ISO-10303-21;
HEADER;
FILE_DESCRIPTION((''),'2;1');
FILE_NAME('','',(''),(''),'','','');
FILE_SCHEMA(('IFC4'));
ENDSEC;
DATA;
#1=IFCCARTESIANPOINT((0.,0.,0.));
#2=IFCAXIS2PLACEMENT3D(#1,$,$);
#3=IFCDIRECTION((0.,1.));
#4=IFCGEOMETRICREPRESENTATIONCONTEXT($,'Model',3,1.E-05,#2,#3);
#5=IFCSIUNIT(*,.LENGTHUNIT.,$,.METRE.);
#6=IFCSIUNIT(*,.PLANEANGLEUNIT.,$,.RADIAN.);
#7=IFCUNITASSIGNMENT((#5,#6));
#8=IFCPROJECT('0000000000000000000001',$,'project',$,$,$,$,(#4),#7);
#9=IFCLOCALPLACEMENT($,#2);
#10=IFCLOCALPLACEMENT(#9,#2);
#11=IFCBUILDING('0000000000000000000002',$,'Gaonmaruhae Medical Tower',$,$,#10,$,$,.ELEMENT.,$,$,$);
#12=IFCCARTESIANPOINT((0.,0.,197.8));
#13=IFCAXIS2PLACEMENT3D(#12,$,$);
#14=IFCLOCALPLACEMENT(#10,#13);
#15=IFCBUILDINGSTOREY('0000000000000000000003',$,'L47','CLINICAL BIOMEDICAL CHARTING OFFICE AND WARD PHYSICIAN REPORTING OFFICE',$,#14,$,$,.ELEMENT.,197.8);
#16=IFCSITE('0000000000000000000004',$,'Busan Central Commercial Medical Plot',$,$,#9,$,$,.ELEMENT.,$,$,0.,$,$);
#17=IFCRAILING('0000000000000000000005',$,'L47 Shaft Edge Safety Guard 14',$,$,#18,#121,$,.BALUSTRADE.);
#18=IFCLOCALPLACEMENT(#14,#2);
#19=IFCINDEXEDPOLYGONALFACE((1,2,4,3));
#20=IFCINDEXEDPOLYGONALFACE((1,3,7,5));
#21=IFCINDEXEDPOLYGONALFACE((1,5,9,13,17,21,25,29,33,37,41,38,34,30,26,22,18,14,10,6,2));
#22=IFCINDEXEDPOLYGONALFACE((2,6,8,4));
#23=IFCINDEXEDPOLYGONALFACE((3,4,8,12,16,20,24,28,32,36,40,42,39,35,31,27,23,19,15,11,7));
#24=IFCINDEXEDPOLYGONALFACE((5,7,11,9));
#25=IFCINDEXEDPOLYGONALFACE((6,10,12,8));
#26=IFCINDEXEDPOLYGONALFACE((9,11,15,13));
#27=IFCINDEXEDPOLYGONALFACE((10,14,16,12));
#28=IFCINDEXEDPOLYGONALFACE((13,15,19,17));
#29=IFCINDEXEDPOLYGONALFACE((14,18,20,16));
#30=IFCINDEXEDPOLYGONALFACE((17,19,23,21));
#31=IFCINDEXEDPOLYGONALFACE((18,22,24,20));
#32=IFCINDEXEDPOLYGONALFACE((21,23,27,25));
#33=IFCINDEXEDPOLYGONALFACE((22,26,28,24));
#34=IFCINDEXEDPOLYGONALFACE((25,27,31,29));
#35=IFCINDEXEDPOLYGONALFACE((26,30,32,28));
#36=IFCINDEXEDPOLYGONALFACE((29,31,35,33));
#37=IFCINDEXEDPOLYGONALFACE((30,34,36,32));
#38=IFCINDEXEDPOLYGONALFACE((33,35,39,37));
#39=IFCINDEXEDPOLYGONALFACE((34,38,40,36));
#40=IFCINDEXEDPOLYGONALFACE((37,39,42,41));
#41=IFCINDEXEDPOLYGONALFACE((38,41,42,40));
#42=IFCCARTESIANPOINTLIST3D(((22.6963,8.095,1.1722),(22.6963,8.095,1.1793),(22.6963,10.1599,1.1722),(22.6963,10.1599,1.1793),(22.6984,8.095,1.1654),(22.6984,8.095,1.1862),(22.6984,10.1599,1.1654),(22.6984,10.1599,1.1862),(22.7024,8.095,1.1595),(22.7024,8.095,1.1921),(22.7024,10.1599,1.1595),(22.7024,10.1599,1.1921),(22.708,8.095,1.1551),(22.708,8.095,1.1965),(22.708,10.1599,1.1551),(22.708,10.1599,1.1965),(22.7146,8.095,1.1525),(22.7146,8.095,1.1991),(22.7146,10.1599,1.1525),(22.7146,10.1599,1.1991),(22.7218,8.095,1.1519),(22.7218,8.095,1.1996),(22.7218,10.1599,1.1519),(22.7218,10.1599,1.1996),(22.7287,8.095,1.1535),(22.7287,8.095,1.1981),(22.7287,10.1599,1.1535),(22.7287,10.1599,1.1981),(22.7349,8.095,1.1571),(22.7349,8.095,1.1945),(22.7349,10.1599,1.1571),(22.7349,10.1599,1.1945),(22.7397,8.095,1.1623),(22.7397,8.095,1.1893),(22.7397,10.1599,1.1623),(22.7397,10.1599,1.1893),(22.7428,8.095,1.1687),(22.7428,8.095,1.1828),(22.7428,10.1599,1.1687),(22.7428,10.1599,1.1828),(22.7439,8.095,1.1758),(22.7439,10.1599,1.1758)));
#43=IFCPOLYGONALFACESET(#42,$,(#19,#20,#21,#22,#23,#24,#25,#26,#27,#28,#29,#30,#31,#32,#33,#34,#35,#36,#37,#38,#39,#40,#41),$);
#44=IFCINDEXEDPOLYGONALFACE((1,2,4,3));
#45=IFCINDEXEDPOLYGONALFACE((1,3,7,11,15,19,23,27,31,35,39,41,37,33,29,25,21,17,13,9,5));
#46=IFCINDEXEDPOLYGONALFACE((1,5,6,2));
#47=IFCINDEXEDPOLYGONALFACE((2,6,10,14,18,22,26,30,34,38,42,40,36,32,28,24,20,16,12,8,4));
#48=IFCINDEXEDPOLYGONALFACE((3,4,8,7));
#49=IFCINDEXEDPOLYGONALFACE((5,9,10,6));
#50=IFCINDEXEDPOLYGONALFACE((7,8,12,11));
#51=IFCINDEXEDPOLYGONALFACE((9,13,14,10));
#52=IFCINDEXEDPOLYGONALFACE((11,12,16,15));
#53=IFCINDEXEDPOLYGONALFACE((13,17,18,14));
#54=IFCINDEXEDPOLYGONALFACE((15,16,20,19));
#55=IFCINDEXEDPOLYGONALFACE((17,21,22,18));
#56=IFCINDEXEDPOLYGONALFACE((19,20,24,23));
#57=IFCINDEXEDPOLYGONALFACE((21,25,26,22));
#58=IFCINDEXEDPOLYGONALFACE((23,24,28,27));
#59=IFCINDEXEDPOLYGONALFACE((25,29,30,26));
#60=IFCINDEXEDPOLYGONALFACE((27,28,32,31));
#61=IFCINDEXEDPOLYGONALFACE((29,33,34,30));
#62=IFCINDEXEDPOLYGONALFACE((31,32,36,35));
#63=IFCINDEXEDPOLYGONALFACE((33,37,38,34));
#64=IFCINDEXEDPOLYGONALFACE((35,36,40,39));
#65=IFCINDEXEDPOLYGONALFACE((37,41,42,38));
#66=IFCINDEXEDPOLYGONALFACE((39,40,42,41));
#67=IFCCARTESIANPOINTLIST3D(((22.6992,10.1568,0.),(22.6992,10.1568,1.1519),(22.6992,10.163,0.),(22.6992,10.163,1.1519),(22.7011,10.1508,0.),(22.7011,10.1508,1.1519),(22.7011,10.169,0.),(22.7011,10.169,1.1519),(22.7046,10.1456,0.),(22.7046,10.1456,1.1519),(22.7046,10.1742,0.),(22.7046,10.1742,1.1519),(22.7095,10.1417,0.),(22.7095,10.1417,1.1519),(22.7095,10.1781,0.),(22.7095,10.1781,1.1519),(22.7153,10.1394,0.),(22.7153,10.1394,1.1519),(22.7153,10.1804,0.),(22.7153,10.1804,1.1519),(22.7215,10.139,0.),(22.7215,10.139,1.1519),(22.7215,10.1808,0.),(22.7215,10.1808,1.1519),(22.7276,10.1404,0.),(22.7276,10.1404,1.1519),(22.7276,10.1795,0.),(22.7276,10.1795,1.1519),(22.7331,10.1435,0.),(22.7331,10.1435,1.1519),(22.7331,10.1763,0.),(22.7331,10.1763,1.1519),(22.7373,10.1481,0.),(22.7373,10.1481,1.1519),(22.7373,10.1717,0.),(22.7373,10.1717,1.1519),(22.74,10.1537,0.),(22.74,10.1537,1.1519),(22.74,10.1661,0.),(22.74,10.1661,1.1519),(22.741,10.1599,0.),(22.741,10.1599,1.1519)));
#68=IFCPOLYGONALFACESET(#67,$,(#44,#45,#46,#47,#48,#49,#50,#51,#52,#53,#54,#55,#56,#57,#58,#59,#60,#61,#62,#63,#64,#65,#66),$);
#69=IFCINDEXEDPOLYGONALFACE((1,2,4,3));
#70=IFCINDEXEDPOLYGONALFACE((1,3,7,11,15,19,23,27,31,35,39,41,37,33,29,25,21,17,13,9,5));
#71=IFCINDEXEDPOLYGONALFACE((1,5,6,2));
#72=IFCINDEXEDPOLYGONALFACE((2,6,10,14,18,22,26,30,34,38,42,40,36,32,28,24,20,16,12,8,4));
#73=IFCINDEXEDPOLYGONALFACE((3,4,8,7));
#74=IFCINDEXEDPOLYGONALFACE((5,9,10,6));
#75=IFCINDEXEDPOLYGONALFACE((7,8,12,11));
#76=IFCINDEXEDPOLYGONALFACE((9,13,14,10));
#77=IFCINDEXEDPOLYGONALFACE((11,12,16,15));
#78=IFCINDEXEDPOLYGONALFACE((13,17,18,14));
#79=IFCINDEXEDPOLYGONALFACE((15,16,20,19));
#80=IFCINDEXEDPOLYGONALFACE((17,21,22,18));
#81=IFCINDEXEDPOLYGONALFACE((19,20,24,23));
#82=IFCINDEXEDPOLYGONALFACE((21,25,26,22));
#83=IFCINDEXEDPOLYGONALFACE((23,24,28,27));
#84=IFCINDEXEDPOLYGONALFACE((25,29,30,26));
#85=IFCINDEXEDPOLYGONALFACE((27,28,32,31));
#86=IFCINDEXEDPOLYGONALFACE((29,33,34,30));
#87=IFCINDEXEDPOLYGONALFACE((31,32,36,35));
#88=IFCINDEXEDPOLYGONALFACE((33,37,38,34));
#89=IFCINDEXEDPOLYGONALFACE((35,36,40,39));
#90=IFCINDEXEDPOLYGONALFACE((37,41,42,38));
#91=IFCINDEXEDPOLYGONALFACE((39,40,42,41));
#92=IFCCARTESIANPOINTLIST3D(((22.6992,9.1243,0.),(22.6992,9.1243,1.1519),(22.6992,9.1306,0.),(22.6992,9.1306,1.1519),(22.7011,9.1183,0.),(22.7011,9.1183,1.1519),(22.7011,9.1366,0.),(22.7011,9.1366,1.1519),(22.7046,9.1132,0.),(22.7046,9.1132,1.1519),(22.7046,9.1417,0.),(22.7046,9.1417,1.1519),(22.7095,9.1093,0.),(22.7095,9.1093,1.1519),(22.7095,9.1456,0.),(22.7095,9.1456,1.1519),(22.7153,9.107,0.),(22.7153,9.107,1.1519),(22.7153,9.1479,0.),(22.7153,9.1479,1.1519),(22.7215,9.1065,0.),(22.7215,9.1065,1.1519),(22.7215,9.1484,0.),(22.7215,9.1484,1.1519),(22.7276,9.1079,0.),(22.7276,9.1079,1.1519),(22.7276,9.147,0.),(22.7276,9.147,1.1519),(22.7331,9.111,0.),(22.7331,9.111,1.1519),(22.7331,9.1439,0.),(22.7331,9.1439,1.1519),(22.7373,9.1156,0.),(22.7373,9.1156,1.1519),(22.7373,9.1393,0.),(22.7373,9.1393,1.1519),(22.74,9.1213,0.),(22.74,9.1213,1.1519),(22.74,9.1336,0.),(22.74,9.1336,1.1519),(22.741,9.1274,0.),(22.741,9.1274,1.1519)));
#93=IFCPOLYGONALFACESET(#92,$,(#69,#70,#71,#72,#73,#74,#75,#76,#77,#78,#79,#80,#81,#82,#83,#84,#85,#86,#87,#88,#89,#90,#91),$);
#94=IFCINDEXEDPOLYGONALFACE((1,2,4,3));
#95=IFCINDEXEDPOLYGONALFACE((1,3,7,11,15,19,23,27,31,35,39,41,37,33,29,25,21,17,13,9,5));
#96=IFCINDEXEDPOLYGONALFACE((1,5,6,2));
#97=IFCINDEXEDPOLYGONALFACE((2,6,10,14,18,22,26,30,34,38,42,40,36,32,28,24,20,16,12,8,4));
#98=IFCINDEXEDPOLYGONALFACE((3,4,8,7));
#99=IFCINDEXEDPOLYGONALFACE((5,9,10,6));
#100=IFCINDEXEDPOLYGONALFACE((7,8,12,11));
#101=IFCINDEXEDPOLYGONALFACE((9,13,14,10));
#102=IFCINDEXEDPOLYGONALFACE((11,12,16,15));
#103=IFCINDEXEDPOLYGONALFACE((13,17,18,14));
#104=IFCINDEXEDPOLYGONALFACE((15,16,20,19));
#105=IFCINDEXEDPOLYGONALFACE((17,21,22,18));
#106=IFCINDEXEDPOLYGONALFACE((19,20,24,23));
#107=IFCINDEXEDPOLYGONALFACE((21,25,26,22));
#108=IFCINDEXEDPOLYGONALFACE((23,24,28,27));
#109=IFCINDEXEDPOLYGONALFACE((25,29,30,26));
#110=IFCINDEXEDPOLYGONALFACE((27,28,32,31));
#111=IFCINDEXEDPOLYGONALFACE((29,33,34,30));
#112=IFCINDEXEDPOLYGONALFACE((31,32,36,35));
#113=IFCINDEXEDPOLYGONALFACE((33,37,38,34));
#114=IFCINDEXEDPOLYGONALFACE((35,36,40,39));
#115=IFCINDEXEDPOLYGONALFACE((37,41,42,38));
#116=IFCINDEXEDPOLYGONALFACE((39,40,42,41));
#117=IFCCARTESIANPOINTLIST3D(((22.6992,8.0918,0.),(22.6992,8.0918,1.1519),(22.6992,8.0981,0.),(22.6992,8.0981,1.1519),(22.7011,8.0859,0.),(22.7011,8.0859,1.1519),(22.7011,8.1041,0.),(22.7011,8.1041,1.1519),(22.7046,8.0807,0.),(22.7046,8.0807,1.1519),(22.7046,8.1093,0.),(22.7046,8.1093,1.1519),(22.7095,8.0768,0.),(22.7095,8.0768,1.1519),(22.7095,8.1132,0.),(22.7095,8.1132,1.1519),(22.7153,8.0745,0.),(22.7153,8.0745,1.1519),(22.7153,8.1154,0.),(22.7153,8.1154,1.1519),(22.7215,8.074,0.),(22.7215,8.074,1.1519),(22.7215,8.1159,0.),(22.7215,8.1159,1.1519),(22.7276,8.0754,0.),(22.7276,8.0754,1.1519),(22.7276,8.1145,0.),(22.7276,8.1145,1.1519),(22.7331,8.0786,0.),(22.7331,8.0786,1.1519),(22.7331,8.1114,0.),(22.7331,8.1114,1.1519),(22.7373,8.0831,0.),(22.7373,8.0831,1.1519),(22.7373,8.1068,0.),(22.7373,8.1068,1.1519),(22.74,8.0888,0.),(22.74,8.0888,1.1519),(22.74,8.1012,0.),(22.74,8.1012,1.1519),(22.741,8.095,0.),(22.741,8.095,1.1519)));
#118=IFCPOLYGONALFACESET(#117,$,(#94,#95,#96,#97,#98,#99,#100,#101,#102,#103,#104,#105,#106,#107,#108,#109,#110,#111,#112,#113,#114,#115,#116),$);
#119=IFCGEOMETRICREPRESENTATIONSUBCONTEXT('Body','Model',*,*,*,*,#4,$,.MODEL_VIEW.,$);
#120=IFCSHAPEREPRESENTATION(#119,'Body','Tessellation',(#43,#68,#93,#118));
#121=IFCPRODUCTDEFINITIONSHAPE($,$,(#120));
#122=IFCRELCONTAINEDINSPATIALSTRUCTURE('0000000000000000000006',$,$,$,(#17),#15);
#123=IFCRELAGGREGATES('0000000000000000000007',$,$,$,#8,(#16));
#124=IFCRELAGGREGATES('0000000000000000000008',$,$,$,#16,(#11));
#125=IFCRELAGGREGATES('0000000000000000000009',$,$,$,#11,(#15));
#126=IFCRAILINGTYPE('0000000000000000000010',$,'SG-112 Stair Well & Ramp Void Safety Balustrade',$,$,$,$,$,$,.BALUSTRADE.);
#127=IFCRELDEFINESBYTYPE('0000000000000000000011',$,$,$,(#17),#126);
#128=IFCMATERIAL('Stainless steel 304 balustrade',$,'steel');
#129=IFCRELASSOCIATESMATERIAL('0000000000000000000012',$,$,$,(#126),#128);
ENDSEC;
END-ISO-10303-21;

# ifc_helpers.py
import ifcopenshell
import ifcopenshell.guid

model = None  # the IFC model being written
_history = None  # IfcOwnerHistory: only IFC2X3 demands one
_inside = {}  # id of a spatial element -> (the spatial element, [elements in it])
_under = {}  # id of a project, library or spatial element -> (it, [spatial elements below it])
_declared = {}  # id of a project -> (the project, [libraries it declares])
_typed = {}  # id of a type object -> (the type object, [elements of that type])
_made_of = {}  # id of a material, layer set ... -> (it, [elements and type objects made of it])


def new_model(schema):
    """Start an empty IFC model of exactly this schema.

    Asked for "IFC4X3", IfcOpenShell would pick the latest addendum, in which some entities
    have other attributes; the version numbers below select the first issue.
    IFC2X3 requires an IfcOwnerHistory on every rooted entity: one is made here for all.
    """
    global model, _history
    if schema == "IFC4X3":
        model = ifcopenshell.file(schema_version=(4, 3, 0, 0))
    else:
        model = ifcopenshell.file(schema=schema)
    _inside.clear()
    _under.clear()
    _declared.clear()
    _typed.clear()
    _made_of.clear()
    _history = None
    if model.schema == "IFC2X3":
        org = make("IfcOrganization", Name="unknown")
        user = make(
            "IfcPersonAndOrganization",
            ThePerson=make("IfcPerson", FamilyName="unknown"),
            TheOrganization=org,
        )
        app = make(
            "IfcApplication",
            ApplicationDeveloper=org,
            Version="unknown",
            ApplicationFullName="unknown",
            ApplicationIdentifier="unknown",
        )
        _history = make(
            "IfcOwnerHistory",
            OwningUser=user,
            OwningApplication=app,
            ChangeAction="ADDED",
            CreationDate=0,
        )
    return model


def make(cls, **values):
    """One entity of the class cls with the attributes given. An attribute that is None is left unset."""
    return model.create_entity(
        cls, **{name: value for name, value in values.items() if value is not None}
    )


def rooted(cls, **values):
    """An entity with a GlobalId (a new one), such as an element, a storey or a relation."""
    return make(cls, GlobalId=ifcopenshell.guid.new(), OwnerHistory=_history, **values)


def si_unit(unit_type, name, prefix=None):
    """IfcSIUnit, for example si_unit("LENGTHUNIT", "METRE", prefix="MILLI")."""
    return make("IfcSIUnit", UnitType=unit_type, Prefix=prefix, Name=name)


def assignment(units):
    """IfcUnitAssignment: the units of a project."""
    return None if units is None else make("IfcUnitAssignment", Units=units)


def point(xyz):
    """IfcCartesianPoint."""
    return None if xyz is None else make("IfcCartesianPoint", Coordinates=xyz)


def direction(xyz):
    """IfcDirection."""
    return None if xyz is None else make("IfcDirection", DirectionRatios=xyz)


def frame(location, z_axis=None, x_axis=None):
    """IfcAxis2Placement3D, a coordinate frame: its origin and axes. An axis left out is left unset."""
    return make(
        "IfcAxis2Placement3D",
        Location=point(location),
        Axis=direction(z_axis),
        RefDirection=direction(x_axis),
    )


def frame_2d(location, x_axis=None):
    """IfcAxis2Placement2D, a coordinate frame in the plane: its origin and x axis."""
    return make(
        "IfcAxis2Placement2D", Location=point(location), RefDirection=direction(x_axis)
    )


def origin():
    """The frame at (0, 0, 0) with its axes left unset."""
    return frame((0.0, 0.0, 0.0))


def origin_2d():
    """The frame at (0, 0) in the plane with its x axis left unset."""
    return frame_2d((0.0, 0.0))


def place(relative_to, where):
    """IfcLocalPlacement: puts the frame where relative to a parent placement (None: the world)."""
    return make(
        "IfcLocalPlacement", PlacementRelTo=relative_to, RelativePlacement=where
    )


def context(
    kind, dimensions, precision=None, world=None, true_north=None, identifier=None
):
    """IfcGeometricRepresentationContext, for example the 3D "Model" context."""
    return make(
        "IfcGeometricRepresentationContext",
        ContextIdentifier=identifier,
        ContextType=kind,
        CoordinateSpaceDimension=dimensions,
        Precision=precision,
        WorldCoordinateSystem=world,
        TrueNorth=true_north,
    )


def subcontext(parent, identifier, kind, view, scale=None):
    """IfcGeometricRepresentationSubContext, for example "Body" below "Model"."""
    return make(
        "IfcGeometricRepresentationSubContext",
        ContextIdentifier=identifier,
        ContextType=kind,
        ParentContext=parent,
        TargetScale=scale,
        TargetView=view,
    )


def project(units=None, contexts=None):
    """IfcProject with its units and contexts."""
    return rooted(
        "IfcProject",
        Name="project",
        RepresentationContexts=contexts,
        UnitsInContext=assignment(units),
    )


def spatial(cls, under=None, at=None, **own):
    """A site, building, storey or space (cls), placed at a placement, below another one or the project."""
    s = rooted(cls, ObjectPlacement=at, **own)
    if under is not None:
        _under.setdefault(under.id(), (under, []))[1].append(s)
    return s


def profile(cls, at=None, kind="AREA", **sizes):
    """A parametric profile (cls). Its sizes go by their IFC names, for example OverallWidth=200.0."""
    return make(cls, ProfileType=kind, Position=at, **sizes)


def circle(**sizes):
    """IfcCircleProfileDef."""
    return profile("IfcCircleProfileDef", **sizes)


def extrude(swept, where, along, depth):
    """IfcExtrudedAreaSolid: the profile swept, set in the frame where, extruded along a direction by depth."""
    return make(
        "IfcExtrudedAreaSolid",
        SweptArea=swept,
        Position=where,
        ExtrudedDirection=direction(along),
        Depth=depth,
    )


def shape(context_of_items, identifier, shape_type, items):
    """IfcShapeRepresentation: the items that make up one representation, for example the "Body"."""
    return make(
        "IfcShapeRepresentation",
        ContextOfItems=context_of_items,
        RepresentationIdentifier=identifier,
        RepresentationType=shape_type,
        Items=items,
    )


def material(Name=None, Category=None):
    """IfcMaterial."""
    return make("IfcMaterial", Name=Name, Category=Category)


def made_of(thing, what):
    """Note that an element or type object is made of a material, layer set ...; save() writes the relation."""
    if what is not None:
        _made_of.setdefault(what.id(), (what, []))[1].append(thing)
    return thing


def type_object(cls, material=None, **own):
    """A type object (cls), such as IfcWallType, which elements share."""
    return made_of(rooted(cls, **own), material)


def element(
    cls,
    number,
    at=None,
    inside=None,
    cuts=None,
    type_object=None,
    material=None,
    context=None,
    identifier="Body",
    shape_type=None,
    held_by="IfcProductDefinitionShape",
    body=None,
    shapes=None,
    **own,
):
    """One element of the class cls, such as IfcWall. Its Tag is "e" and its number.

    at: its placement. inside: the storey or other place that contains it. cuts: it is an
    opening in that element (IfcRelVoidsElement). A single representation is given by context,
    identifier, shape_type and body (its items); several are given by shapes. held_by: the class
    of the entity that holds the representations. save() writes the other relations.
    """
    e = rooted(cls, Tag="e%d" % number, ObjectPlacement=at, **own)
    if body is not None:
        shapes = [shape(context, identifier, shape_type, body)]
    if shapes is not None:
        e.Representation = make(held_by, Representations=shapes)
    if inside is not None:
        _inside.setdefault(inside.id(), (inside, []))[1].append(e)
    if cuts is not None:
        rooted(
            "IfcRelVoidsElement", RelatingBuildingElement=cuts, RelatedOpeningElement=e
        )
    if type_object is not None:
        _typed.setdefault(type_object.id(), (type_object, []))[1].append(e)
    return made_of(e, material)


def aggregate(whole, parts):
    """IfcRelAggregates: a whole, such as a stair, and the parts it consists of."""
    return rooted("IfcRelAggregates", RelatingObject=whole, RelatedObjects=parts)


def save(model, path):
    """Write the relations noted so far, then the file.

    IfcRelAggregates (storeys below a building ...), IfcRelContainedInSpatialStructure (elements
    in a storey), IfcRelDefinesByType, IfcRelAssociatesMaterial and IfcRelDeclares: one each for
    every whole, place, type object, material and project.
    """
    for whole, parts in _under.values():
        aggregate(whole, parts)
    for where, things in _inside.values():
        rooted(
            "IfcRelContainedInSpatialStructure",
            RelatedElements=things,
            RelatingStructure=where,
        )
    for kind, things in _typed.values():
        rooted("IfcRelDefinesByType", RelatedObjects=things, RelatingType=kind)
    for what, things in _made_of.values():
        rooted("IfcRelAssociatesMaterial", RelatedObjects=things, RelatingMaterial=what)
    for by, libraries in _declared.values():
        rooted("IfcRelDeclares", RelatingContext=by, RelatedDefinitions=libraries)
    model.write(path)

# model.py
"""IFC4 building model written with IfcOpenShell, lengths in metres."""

from ifc_helpers import new_model, si_unit, direction, frame, origin, origin_2d, place, context, subcontext, project, spatial, circle, extrude, material, type_object, element, save


model = new_model("IFC4")

# Units and contexts
model_context = context("Model", 3, precision=1e-05, world=origin(), true_north=direction((0.0, 1.0)))
body_context = subcontext(model_context, "Body", "Model", "MODEL_VIEW")
ifc_project = project(units=[si_unit("LENGTHUNIT", "METRE"), si_unit("PLANEANGLEUNIT", "RADIAN")], contexts=[model_context])

# Site, building, storey
site_placement = place(None, origin())
site = spatial("IfcSite", under=ifc_project, at=site_placement, Name="Busan Central Commercial Medical Plot", CompositionType="ELEMENT", RefElevation=0.0)
building_placement = place(site_placement, origin())
building = spatial("IfcBuilding", under=site, at=building_placement, Name="Gaonmaruhae Medical Tower", CompositionType="ELEMENT")
storey_placement = place(building_placement, frame((0.0, 0.0, 197.8)))
storey = spatial("IfcBuildingStorey", under=building, at=storey_placement, Name="L47", Description="CLINICAL BIOMEDICAL CHARTING OFFICE AND WARD PHYSICIAN REPORTING OFFICE", CompositionType="ELEMENT", Elevation=197.8)

# Railing
ifc_material_1 = material(Name="Stainless steel 304 balustrade", Category="steel")
railing_type_1 = type_object("IfcRailingType", Name="SG-112 Stair Well & Ramp Void Safety Balustrade", PredefinedType="BALUSTRADE", material=ifc_material_1)
railing_1_placement = place(storey_placement, frame((22.72, 10.1599, 0.0)))
element("IfcRailing", 1, at=railing_1_placement, inside=storey, type_object=railing_type_1, Name="L47 Shaft Edge Safety Guard 14", PredefinedType="BALUSTRADE", context=body_context, shape_type="SweptSolid", body=[
    extrude(circle(Radius=0.0239, at=origin_2d()), frame((0.0, 0.0, 1.1758), z_axis=(0.0, -1.0, 0.0), x_axis=(1.0, 0.0, 0.0)), (0.0, 0.0, 1.0), 2.0649),
    extrude(circle(Radius=0.021, at=origin_2d()), origin(), (0.0, 0.0, 1.0), 1.1519),
    extrude(circle(Radius=0.021, at=origin_2d()), frame((0.0, -1.0325, 0.0)), (0.0, 0.0, 1.0), 1.1519),
    extrude(circle(Radius=0.021, at=origin_2d()), frame((0.0, -2.0649, 0.0)), (0.0, 0.0, 1.0), 1.1519),
])

save(model, "model.ifc")
